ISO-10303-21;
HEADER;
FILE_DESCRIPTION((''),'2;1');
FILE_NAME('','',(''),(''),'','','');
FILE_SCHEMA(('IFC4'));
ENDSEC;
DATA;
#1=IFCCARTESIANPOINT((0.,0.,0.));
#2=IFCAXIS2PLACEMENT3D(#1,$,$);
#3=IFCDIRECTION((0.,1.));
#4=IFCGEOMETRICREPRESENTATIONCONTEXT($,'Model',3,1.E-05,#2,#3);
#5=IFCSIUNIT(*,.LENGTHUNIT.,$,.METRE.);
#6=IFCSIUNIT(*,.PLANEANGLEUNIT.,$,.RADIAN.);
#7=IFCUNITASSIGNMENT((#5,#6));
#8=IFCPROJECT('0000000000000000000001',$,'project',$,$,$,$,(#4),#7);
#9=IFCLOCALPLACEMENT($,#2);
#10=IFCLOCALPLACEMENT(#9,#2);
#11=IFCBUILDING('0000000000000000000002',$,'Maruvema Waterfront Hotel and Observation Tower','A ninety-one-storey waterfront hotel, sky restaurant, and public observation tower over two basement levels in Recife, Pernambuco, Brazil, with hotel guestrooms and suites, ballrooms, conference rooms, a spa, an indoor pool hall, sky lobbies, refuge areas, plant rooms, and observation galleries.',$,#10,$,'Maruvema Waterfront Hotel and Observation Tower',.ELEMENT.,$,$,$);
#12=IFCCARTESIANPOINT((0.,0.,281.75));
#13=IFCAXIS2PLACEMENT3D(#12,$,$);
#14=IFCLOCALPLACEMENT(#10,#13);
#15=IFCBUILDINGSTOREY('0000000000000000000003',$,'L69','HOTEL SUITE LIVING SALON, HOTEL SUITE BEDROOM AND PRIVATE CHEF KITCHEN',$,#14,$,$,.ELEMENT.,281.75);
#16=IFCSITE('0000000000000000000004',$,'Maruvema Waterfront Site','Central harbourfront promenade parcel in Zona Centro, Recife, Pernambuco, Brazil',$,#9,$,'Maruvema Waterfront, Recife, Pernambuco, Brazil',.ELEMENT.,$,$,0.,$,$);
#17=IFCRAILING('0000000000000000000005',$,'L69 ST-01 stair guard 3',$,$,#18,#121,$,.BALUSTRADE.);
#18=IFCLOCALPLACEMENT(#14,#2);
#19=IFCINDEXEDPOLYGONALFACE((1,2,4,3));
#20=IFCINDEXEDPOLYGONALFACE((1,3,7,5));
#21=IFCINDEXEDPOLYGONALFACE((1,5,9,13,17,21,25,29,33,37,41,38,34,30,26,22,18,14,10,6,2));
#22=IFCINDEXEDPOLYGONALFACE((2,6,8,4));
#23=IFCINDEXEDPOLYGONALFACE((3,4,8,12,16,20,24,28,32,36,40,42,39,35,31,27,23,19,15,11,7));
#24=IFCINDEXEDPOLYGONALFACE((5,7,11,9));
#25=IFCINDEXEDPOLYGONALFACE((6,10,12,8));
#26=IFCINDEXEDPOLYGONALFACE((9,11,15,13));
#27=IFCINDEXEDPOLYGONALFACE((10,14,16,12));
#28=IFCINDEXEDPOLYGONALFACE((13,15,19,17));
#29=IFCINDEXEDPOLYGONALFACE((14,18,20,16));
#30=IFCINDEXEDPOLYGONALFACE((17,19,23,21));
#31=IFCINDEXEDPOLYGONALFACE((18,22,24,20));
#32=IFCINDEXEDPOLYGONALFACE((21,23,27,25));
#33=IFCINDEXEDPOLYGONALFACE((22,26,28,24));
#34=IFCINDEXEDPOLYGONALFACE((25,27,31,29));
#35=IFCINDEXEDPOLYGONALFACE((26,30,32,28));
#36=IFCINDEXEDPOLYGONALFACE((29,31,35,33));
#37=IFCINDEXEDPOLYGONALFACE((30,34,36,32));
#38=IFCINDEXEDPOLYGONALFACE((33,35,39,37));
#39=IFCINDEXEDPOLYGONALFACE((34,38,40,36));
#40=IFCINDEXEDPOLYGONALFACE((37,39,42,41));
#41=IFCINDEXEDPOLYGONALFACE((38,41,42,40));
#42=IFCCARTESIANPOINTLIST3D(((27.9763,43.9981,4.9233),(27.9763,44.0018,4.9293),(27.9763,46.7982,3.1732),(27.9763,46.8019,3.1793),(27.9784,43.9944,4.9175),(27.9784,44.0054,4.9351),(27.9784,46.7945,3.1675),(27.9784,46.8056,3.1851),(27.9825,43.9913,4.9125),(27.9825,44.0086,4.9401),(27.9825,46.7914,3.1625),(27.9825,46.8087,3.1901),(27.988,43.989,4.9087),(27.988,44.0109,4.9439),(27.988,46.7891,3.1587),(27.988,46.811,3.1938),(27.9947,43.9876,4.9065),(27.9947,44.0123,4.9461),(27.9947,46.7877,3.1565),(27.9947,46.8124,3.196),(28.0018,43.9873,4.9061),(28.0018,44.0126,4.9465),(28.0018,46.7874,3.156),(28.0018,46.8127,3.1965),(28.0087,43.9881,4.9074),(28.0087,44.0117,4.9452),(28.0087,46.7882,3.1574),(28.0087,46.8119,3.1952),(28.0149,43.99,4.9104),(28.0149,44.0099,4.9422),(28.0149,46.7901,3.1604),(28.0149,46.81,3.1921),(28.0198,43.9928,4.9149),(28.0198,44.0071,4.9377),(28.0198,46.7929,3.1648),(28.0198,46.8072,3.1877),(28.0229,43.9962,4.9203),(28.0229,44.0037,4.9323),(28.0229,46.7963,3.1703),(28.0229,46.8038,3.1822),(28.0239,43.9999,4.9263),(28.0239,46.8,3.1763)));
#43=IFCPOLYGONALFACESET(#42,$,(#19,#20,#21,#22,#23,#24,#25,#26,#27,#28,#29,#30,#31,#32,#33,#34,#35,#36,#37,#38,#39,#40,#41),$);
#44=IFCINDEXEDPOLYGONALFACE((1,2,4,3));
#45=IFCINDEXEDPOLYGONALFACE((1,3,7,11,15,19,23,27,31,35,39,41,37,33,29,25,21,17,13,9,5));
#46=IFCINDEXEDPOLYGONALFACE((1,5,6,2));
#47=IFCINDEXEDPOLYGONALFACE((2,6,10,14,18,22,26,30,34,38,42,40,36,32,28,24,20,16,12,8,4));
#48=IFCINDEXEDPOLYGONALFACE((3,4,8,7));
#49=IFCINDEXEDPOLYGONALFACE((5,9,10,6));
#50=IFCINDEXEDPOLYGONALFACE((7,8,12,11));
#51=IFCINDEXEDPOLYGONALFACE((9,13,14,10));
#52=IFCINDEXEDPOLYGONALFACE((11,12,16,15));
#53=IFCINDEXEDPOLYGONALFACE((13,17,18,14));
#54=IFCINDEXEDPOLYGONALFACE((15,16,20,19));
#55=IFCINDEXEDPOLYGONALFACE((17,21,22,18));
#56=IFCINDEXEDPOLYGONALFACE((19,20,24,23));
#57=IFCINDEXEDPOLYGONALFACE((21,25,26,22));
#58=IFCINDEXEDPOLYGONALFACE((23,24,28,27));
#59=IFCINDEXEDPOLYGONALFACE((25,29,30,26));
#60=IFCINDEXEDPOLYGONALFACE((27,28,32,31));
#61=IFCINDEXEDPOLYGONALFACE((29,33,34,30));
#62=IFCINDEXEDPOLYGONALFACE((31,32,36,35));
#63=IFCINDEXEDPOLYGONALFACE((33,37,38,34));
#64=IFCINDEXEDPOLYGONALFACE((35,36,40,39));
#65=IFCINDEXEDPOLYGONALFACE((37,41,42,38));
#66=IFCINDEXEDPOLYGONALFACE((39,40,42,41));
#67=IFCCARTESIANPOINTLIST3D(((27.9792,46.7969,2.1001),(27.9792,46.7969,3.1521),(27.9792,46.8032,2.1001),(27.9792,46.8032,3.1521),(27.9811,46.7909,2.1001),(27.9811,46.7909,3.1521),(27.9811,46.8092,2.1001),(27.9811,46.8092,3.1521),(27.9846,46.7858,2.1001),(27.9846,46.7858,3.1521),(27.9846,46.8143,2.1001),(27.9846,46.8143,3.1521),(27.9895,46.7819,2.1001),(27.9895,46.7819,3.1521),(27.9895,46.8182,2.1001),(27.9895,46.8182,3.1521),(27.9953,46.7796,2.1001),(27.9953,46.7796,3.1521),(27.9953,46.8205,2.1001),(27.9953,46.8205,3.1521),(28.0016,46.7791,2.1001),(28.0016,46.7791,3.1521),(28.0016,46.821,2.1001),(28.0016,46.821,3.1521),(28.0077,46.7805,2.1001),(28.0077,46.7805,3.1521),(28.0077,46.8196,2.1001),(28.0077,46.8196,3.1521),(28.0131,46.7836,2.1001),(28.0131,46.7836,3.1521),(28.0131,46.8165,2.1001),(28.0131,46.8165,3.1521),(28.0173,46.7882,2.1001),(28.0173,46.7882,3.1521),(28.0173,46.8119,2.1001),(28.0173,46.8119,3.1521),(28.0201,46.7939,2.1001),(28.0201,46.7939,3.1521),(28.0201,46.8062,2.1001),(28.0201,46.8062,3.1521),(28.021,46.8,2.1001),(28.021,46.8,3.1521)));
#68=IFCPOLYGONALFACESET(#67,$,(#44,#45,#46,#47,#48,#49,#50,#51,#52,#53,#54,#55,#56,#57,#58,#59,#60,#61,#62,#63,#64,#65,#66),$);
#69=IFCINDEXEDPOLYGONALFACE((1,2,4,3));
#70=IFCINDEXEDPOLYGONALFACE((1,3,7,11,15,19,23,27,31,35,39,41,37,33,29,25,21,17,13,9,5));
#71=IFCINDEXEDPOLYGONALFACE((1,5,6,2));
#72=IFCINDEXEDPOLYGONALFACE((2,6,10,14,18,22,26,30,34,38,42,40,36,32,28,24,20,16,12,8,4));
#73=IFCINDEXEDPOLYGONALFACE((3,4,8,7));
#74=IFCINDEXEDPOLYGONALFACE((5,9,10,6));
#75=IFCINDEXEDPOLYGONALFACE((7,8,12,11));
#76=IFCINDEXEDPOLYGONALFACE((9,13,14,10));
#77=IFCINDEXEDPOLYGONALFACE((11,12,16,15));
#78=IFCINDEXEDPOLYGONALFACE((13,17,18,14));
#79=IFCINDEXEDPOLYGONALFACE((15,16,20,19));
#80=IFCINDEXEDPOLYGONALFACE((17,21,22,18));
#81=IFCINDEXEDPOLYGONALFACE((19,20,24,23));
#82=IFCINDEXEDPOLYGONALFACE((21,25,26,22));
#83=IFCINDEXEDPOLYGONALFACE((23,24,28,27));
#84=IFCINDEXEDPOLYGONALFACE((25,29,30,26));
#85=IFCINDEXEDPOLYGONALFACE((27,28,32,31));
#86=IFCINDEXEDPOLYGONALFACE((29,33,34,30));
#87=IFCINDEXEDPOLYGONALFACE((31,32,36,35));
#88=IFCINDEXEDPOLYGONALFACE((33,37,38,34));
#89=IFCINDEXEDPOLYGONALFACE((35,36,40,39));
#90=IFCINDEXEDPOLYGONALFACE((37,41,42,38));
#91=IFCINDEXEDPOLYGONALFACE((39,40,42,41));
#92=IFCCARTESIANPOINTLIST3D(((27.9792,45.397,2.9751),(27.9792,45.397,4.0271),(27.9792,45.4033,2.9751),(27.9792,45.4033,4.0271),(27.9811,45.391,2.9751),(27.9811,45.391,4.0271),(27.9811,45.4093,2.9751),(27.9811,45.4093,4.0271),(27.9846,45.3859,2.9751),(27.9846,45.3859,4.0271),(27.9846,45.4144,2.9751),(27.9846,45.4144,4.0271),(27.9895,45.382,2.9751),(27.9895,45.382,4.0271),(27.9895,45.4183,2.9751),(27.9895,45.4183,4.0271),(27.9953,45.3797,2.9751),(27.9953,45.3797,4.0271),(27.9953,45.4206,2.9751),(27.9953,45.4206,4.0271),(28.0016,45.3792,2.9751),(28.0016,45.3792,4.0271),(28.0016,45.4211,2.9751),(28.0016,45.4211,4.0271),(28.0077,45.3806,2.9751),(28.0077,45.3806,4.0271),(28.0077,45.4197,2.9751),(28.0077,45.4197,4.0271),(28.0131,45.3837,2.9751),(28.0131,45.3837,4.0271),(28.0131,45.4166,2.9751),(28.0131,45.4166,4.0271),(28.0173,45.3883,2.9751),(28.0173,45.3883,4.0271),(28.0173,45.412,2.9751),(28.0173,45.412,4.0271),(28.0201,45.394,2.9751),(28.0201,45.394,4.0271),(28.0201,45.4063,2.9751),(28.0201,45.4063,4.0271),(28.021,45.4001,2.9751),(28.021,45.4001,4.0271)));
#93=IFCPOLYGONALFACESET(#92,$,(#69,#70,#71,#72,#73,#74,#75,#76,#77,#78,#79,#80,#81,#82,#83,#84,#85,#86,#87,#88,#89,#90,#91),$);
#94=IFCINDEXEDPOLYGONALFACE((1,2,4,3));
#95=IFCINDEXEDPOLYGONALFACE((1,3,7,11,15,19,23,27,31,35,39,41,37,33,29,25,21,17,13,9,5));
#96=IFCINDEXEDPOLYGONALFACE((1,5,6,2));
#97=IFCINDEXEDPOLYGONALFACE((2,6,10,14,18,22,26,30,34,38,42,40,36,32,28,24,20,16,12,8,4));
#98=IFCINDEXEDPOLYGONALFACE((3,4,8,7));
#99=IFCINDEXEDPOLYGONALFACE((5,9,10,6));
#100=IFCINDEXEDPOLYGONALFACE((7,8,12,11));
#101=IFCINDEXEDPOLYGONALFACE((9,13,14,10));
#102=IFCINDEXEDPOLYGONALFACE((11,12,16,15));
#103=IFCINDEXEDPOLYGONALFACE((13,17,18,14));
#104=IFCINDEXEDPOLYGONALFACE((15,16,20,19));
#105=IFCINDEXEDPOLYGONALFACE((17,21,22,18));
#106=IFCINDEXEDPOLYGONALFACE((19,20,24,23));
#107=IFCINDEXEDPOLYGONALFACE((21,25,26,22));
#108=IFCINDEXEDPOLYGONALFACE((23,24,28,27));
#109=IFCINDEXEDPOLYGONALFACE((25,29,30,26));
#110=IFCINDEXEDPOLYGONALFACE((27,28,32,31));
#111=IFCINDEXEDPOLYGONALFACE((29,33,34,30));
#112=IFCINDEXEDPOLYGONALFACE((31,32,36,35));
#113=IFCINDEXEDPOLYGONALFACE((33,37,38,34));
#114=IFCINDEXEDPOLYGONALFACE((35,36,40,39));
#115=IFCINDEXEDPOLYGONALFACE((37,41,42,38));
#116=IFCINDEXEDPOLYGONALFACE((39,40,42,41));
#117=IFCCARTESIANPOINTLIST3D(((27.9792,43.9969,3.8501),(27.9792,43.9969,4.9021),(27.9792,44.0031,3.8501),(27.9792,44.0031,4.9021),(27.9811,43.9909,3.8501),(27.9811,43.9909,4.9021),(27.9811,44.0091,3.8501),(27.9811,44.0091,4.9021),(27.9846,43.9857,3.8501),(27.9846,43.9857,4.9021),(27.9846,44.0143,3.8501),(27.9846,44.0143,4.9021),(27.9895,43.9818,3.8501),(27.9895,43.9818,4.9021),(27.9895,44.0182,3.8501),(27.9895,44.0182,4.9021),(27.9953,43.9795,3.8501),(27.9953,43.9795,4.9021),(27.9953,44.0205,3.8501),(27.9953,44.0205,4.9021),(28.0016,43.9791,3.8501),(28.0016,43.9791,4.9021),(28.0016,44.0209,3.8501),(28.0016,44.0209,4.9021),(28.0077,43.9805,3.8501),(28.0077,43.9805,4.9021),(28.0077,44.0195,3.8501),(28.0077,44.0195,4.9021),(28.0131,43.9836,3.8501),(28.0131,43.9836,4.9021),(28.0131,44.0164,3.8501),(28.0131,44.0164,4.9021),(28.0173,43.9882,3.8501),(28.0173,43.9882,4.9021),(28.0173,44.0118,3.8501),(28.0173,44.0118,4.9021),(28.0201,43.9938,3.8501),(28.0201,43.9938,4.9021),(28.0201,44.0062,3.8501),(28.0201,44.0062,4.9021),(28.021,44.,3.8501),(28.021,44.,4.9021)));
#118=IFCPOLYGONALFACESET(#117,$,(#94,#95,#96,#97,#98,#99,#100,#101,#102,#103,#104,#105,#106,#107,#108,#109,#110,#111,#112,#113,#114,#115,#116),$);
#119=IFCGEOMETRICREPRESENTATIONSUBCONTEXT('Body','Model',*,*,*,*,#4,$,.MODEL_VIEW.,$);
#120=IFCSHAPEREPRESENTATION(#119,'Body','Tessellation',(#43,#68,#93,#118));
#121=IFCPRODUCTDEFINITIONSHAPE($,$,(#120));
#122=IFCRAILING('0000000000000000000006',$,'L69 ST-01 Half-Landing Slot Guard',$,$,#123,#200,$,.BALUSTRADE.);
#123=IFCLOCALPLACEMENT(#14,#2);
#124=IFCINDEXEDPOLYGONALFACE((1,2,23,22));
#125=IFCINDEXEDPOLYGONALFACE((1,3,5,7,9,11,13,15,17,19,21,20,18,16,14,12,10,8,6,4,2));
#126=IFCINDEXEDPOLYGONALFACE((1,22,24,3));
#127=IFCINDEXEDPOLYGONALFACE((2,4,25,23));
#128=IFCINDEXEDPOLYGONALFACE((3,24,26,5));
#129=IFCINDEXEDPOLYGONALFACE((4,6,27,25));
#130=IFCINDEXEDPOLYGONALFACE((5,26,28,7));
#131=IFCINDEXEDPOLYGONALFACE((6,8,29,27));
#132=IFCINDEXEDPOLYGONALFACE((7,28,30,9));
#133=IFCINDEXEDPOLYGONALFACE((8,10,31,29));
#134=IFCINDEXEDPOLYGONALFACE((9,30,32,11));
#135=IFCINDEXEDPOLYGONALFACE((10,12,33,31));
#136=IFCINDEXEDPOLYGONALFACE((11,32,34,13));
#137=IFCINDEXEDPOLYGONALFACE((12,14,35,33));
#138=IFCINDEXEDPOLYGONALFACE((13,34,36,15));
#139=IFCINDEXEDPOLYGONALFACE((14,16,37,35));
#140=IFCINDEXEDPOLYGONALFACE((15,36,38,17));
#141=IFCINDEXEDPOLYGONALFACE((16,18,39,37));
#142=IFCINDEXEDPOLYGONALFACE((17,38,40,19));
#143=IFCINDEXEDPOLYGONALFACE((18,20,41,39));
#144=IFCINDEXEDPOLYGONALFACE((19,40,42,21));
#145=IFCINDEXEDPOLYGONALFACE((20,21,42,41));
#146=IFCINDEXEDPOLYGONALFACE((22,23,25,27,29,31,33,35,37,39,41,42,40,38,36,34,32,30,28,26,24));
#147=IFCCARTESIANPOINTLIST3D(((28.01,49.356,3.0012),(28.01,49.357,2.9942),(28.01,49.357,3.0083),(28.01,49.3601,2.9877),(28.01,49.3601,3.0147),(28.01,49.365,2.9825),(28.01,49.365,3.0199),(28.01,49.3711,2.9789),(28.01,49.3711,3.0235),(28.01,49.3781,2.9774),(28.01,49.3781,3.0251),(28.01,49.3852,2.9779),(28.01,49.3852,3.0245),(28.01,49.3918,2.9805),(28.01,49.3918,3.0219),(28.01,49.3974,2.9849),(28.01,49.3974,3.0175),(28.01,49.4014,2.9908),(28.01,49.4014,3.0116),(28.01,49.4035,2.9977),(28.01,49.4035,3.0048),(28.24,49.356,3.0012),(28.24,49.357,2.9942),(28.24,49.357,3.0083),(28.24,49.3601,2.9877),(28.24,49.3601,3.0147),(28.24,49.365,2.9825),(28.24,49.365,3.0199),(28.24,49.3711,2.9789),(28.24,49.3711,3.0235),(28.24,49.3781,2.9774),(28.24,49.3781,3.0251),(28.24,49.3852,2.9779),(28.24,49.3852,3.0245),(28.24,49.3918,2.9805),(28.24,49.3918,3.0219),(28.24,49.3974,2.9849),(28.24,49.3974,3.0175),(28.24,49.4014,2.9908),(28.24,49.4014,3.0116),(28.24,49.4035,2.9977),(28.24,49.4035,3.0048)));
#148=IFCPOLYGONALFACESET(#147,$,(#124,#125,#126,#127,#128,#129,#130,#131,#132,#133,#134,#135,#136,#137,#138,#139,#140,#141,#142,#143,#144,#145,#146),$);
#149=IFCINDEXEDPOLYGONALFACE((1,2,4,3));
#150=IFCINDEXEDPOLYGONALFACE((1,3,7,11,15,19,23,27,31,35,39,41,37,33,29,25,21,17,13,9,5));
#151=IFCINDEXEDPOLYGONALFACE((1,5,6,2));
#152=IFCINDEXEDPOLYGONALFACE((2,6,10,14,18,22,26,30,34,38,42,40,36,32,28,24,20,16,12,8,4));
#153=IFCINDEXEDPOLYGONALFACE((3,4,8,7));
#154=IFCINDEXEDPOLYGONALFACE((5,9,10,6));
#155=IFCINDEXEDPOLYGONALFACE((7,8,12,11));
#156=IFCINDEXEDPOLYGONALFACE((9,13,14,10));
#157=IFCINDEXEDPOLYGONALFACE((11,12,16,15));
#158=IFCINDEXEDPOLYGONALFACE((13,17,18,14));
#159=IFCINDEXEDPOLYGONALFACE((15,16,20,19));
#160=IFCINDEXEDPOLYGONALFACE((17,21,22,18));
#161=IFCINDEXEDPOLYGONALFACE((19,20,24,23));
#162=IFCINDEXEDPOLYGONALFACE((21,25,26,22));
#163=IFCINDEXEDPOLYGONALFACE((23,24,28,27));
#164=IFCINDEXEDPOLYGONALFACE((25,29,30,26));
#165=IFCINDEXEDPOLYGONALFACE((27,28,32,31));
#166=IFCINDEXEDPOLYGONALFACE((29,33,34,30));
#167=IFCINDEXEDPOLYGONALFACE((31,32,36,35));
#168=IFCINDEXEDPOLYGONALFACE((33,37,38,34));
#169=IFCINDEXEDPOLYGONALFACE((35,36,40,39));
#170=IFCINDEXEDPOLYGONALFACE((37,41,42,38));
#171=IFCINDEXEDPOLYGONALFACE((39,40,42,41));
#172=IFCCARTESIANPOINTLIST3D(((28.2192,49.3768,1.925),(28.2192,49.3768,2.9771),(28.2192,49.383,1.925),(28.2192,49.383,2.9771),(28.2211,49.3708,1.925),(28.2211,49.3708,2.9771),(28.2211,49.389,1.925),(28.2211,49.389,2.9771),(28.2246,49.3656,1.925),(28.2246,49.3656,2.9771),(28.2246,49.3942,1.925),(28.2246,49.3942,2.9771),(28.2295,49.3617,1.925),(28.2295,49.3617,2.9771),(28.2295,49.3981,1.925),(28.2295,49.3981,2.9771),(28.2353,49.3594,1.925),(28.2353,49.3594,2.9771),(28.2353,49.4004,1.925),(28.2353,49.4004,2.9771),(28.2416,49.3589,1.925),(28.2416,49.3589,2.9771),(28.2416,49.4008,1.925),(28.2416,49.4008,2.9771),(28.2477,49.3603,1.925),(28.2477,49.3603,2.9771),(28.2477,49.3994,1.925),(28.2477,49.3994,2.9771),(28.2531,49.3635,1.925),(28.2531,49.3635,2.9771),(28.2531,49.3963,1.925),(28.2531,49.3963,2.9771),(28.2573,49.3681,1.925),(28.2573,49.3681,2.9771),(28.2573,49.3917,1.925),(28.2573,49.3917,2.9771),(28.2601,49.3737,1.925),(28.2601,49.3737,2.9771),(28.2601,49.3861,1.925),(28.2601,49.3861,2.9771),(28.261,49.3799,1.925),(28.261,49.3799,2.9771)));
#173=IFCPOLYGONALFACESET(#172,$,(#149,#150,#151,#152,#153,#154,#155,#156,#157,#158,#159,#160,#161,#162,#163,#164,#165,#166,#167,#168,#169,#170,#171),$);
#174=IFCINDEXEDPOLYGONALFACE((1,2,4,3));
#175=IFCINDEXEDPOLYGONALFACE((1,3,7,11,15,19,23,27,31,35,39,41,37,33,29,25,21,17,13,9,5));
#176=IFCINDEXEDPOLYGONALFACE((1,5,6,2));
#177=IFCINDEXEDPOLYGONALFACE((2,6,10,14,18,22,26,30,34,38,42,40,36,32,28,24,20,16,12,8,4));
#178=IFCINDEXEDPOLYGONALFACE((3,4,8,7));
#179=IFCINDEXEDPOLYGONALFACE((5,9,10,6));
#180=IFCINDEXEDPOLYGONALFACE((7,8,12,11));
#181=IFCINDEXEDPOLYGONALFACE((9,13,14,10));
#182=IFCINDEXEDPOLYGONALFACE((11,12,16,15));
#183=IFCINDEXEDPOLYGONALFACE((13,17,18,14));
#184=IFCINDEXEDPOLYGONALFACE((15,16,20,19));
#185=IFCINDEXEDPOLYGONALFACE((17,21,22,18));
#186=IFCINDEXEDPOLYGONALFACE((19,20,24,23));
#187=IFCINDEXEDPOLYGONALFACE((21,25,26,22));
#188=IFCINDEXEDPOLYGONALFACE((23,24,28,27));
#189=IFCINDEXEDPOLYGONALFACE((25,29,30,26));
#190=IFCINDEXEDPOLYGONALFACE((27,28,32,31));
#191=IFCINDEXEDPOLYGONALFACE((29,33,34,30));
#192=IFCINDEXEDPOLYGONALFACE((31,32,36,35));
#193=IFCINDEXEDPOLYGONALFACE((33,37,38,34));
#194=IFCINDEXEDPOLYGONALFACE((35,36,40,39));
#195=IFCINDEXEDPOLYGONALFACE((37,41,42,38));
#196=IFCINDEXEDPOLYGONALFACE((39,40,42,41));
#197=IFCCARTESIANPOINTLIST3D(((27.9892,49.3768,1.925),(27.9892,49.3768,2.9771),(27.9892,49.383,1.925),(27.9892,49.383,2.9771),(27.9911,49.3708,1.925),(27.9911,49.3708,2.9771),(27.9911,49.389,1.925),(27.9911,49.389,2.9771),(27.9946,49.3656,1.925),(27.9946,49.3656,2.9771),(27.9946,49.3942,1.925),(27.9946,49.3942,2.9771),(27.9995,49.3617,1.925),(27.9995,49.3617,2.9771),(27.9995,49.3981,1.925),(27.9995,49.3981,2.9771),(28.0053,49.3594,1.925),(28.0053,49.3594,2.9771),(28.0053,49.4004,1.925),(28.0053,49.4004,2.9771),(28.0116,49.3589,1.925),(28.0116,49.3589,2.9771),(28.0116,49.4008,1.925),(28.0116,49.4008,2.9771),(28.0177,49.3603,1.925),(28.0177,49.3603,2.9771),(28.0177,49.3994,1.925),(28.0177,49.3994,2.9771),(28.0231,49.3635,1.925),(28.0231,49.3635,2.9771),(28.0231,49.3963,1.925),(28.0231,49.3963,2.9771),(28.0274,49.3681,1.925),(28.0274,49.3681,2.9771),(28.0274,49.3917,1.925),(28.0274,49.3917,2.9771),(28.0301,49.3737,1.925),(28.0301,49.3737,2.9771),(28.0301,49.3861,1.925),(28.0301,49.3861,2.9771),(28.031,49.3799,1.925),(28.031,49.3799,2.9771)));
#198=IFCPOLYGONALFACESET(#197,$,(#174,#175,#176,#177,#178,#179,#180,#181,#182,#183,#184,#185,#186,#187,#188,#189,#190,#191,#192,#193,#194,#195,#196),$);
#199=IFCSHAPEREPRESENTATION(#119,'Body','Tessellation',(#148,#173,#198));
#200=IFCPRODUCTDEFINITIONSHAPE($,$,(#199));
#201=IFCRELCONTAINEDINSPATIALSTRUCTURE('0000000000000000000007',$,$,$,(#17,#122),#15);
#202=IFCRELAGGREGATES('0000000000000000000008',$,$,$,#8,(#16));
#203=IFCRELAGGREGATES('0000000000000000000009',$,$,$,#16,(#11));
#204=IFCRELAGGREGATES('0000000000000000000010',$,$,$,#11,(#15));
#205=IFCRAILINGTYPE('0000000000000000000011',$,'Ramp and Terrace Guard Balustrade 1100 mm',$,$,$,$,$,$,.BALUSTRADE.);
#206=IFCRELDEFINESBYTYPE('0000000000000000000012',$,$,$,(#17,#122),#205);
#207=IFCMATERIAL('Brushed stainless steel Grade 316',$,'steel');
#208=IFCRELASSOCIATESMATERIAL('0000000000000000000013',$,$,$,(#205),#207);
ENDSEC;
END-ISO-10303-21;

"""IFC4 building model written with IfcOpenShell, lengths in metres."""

from ifc_helpers import new_model, si_unit, direction, frame, origin, origin_2d, place, context, subcontext, project, spatial, circle, extrude, material, type_object, element, save


model = new_model("IFC4")

# Units and contexts
model_context = context("Model", 3, precision=1e-05, world=origin(), true_north=direction((0.0, 1.0)))
body_context = subcontext(model_context, "Body", "Model", "MODEL_VIEW")
ifc_project = project(units=[si_unit("LENGTHUNIT", "METRE"), si_unit("PLANEANGLEUNIT", "RADIAN")], contexts=[model_context])

# Site, building, storey
site_placement = place(None, origin())
site = spatial("IfcSite", under=ifc_project, at=site_placement, Name="Maruvema Waterfront Site", Description="Central harbourfront promenade parcel in Zona Centro, Recife, Pernambuco, Brazil", LongName="Maruvema Waterfront, Recife, Pernambuco, Brazil", CompositionType="ELEMENT", RefElevation=0.0)
building_placement = place(site_placement, origin())
building = spatial("IfcBuilding", under=site, at=building_placement, Name="Maruvema Waterfront Hotel and Observation Tower", Description="A ninety-one-storey waterfront hotel, sky restaurant, and public observation tower over two basement levels in Recife, Pernambuco, Brazil, with hotel guestrooms and suites, ballrooms, conference rooms, a spa, an indoor pool hall, sky lobbies, refuge areas, plant rooms, and observation galleries.", LongName="Maruvema Waterfront Hotel and Observation Tower", CompositionType="ELEMENT")
storey_placement = place(building_placement, frame((0.0, 0.0, 281.75)))
storey = spatial("IfcBuildingStorey", under=building, at=storey_placement, Name="L69", Description="HOTEL SUITE LIVING SALON, HOTEL SUITE BEDROOM AND PRIVATE CHEF KITCHEN", CompositionType="ELEMENT", Elevation=281.75)

# Railings
ifc_material_1 = material(Name="Brushed stainless steel Grade 316", Category="steel")
railing_type_1 = type_object("IfcRailingType", Name="Ramp and Terrace Guard Balustrade 1100 mm", PredefinedType="BALUSTRADE", material=ifc_material_1)
railing_1_placement = place(storey_placement, frame((28.0, 46.8, 2.1001)))
element("IfcRailing", 1, at=railing_1_placement, inside=storey, type_object=railing_type_1, Name="L69 ST-01 stair guard 3", PredefinedType="BALUSTRADE", context=body_context, shape_type="SweptSolid", body=[
    extrude(circle(Radius=0.0239, at=origin_2d()), frame((0.0, 0.0, 1.0762), z_axis=(0.0, -0.848002, 0.529992), x_axis=(1.0, 0.0, 0.0)), (0.0, 0.0, 1.0), 3.302),
    extrude(circle(Radius=0.021, at=origin_2d()), origin(), (0.0, 0.0, 1.0), 1.052),
    extrude(circle(Radius=0.021, at=origin_2d()), frame((0.0, -1.3999, 0.875)), (0.0, 0.0, 1.0), 1.052),
    extrude(circle(Radius=0.021, at=origin_2d()), frame((0.0, -2.8, 1.75)), (0.0, 0.0, 1.0), 1.052),
])
railing_2_placement = place(storey_placement, frame((28.24, 49.3799, 1.925)))
element("IfcRailing", 2, at=railing_2_placement, inside=storey, type_object=railing_type_1, Name="L69 ST-01 Half-Landing Slot Guard", PredefinedType="BALUSTRADE", context=body_context, shape_type="SweptSolid", body=[
    extrude(circle(Radius=0.0239, at=origin_2d()), frame((0.0, 0.0, 1.0762), z_axis=(-1.0, 0.0, 0.0), x_axis=(0.0, -1.0, 0.0)), (0.0, 0.0, 1.0), 0.23),
    extrude(circle(Radius=0.021, at=origin_2d()), origin(), (0.0, 0.0, 1.0), 1.052),
    extrude(circle(Radius=0.021, at=origin_2d()), frame((-0.23, 0.0, 0.0)), (0.0, 0.0, 1.0), 1.052),
])

save(model, "model.ifc")
